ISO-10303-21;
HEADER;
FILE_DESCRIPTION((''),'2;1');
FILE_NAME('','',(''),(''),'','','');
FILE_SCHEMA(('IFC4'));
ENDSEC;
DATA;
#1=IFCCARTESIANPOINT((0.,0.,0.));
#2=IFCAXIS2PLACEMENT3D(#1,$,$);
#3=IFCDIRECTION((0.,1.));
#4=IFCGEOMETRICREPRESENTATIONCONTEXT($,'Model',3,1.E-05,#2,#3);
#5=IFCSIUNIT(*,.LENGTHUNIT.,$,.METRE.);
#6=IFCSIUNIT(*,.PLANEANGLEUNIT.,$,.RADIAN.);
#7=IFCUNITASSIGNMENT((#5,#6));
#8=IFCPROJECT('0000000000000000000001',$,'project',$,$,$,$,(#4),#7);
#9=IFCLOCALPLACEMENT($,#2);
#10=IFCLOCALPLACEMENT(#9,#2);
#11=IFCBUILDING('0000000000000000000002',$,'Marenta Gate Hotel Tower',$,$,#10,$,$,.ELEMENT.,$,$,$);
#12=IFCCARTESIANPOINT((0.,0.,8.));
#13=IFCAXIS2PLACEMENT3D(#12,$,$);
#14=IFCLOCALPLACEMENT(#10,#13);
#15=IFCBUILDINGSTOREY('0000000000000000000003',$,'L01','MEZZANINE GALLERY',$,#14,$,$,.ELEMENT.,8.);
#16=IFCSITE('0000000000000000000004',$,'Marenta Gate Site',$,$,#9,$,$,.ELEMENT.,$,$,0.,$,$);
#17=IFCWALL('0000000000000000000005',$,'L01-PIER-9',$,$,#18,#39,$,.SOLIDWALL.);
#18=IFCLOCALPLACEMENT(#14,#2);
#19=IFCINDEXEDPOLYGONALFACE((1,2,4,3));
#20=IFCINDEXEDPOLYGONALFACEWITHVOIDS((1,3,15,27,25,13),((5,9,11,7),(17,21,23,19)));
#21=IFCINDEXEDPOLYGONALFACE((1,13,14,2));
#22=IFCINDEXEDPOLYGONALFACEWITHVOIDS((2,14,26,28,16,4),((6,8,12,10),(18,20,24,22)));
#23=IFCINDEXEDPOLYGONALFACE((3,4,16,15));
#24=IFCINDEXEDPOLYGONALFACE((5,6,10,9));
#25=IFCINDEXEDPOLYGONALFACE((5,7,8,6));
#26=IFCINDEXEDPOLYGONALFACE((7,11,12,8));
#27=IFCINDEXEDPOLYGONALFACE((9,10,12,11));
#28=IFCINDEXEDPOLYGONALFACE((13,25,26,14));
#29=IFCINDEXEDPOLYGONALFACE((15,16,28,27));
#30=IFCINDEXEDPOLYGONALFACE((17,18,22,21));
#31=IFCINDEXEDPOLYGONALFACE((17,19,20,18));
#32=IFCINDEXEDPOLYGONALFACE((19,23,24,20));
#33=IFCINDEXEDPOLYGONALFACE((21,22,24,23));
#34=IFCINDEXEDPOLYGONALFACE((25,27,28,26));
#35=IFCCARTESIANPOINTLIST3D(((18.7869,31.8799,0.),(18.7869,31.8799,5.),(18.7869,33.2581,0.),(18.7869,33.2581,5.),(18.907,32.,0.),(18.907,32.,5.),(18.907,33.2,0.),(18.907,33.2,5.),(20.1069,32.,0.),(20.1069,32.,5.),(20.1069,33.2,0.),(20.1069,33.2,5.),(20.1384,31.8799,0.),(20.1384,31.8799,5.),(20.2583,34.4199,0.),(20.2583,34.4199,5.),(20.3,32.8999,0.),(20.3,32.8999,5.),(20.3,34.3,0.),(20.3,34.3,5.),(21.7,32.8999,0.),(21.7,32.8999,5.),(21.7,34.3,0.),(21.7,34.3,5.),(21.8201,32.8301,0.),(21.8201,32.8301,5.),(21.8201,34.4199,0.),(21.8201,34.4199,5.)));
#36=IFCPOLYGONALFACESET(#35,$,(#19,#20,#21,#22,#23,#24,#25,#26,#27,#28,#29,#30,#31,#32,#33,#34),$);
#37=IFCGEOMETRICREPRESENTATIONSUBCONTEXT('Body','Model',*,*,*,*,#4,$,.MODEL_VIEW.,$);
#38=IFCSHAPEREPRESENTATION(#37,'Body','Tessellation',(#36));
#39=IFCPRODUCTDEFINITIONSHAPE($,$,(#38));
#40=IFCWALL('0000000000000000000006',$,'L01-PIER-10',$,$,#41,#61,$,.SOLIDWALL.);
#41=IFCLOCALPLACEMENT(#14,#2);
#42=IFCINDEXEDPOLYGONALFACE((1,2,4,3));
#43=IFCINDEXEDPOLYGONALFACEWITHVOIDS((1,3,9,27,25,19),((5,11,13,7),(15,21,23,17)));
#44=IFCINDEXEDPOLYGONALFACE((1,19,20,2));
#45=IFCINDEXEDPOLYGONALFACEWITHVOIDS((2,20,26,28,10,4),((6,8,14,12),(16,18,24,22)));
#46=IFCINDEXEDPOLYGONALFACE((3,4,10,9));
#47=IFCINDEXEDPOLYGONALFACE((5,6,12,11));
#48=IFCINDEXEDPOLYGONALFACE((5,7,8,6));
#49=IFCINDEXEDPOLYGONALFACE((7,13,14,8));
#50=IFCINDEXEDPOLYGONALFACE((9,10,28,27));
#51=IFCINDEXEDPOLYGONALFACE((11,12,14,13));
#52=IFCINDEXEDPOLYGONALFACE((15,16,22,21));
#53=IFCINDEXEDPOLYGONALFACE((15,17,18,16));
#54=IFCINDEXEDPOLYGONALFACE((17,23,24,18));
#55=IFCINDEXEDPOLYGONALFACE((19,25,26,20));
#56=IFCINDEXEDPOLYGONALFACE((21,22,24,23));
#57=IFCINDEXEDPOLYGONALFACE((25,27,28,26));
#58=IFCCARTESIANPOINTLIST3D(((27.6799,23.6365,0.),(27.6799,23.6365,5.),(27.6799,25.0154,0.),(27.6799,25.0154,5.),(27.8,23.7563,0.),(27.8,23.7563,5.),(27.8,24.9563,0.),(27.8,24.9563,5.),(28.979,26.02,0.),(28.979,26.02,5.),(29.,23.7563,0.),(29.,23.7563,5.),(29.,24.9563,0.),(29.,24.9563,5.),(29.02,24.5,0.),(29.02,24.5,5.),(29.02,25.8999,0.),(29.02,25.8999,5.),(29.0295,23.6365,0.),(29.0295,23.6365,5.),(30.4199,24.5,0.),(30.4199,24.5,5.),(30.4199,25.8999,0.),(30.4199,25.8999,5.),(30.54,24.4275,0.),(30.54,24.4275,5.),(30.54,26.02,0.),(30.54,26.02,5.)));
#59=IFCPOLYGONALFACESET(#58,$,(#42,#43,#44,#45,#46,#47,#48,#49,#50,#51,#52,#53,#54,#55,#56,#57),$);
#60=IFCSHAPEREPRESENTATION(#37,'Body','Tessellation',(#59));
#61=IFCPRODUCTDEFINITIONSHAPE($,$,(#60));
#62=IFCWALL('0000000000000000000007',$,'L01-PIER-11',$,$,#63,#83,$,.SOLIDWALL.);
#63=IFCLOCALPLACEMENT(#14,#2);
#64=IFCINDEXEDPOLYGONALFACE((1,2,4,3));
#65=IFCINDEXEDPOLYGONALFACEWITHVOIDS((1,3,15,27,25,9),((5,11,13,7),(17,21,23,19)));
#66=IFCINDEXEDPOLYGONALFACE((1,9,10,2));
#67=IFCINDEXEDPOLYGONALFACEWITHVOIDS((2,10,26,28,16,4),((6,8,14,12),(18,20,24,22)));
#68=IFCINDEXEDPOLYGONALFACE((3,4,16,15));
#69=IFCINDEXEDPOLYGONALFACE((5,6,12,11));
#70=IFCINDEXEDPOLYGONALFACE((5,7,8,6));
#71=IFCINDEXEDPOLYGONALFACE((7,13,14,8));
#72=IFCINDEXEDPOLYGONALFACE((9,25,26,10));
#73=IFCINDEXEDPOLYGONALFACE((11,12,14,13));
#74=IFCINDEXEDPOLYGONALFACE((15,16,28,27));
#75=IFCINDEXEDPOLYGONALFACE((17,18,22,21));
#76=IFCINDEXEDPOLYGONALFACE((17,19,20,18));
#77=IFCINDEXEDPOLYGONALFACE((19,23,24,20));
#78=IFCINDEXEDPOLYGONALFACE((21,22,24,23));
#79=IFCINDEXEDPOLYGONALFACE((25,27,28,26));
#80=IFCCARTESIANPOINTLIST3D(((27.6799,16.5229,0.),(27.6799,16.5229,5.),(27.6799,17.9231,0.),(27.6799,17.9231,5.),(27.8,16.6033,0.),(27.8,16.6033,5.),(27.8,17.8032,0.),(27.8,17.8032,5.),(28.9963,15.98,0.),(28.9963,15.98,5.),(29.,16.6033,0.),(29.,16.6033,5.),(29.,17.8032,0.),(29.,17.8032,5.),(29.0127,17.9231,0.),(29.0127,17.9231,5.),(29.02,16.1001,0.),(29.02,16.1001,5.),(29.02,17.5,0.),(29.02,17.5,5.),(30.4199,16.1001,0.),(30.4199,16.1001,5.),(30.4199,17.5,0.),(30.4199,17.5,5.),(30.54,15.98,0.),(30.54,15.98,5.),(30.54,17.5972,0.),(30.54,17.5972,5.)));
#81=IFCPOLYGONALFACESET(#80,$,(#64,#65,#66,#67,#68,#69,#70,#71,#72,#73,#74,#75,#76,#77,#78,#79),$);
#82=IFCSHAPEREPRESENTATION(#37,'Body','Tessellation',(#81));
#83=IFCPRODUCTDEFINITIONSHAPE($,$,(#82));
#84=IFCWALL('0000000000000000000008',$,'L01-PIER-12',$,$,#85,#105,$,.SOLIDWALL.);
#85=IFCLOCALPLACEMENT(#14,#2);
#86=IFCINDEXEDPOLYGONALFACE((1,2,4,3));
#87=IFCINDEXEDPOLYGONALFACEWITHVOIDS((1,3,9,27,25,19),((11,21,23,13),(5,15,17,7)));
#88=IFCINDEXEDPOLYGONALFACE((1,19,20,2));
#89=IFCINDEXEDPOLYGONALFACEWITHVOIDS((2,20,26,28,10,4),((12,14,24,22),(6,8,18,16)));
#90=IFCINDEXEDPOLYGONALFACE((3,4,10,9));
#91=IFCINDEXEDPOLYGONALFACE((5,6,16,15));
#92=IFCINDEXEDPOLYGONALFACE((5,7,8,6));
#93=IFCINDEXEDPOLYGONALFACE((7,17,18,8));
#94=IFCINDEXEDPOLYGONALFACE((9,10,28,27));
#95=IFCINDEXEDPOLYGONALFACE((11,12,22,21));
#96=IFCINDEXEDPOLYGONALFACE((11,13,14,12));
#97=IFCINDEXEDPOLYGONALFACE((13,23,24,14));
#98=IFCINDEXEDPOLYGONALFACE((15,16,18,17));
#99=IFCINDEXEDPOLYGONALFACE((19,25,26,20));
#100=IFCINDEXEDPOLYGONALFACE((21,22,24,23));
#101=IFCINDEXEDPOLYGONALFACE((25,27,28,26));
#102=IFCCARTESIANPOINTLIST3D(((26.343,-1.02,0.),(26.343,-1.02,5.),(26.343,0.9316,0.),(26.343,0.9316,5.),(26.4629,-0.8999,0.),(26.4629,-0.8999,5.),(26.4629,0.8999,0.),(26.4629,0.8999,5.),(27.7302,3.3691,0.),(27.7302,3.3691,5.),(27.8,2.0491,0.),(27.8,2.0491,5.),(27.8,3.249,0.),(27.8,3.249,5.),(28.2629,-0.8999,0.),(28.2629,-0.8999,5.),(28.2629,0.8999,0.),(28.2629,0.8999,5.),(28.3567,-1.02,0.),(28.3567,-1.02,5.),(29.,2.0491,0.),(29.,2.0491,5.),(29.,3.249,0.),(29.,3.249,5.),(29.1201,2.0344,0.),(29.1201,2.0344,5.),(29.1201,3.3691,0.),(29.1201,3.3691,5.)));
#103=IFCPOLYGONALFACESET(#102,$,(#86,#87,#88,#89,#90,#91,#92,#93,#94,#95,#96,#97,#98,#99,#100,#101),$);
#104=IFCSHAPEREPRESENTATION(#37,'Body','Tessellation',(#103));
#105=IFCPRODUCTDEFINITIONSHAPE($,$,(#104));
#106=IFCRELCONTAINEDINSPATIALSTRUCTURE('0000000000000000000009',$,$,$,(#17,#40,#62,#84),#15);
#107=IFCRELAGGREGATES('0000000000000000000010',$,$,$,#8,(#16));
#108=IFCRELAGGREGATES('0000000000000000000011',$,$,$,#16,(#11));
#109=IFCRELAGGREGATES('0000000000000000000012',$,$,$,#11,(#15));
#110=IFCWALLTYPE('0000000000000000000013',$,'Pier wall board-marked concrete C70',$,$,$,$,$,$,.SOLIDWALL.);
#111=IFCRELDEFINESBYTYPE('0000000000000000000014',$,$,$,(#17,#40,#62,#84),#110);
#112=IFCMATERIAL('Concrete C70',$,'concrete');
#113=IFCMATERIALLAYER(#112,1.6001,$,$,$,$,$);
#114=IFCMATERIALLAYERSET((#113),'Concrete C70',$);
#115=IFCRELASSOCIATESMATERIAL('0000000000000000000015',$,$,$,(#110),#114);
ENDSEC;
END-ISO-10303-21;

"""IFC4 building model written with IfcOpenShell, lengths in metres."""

from ifc_helpers import new_model, si_unit, direction, frame, origin, place, context, subcontext, project, spatial, polyline, outline, extrude, material, layer, layer_set, type_object, element, save


model = new_model("IFC4")

# Units and contexts
model_context = context("Model", 3, precision=1e-05, world=origin(), true_north=direction((0.0, 1.0)))
body_context = subcontext(model_context, "Body", "Model", "MODEL_VIEW")
ifc_project = project(units=[si_unit("LENGTHUNIT", "METRE"), si_unit("PLANEANGLEUNIT", "RADIAN")], contexts=[model_context])

# Site, building, storey
site_placement = place(None, origin())
site = spatial("IfcSite", under=ifc_project, at=site_placement, Name="Marenta Gate Site", CompositionType="ELEMENT", RefElevation=0.0)
building_placement = place(site_placement, origin())
building = spatial("IfcBuilding", under=site, at=building_placement, Name="Marenta Gate Hotel Tower", CompositionType="ELEMENT")
storey_placement = place(building_placement, frame((0.0, 0.0, 8.0)))
storey = spatial("IfcBuildingStorey", under=building, at=storey_placement, Name="L01", Description="MEZZANINE GALLERY", CompositionType="ELEMENT", Elevation=8.0)

# Walls
ifc_material_1 = material(Name="Concrete C70", Category="concrete")
ifc_layer_1 = layer(ifc_material_1, 1.6001)
ifc_layer_set_1 = layer_set([ifc_layer_1], Name="Concrete C70")
wall_type = type_object("IfcWallType", Name="Pier wall board-marked concrete C70", PredefinedType="SOLIDWALL", material=ifc_layer_set_1)
wall_1_placement = place(storey_placement, origin())
element("IfcWall", 1, at=wall_1_placement, inside=storey, type_object=wall_type, Name="L01-PIER-9", PredefinedType="SOLIDWALL", context=body_context, shape_type="SweptSolid", body=[
    extrude(outline(polyline([(20.2583, 34.4199), (21.8201, 34.4199), (21.8201, 32.8301), (20.1384, 31.8799), (18.7869, 31.8799), (18.7869, 33.2581), (20.2583, 34.4199)]), holes=[polyline([(21.7, 32.8999), (21.7, 34.3), (20.3, 34.3), (20.3, 32.8999), (21.7, 32.8999)]), polyline([(20.1069, 32.0), (20.1069, 33.2), (18.907, 33.2), (18.907, 32.0), (20.1069, 32.0)])]), origin(), (0.0, 0.0, 1.0), 5.0),
])
wall_2_placement = place(storey_placement, origin())
element("IfcWall", 2, at=wall_2_placement, inside=storey, type_object=wall_type, Name="L01-PIER-10", PredefinedType="SOLIDWALL", context=body_context, shape_type="SweptSolid", body=[
    extrude(outline(polyline([(27.6799, 25.0154), (28.979, 26.02), (30.54, 26.02), (30.54, 24.4275), (29.0295, 23.6365), (27.6799, 23.6365), (27.6799, 25.0154)]), holes=[polyline([(29.02, 24.5), (30.4199, 24.5), (30.4199, 25.8999), (29.02, 25.8999), (29.02, 24.5)]), polyline([(27.8, 23.7563), (29.0, 23.7563), (29.0, 24.9563), (27.8, 24.9563), (27.8, 23.7563)])]), origin(), (0.0, 0.0, 1.0), 5.0),
])
wall_3_placement = place(storey_placement, origin())
element("IfcWall", 3, at=wall_3_placement, inside=storey, type_object=wall_type, Name="L01-PIER-11", PredefinedType="SOLIDWALL", context=body_context, shape_type="SweptSolid", body=[
    extrude(outline(polyline([(27.6799, 16.5229), (27.6799, 17.9231), (29.0127, 17.9231), (30.54, 17.5972), (30.54, 15.98), (28.9963, 15.98), (27.6799, 16.5229)]), holes=[polyline([(29.02, 16.1001), (30.4199, 16.1001), (30.4199, 17.5), (29.02, 17.5), (29.02, 16.1001)]), polyline([(27.8, 16.6033), (29.0, 16.6033), (29.0, 17.8032), (27.8, 17.8032), (27.8, 16.6033)])]), origin(), (0.0, 0.0, 1.0), 5.0),
])
wall_4_placement = place(storey_placement, origin())
element("IfcWall", 4, at=wall_4_placement, inside=storey, type_object=wall_type, Name="L01-PIER-12", PredefinedType="SOLIDWALL", context=body_context, shape_type="SweptSolid", body=[
    extrude(outline(polyline([(26.343, 0.9316), (27.7302, 3.3691), (29.1201, 3.3691), (29.1201, 2.0344), (28.3567, -1.02), (26.343, -1.02), (26.343, 0.9316)]), holes=[polyline([(27.8, 2.0491), (29.0, 2.0491), (29.0, 3.249), (27.8, 3.249), (27.8, 2.0491)]), polyline([(26.4629, -0.8999), (28.2629, -0.8999), (28.2629, 0.8999), (26.4629, 0.8999), (26.4629, -0.8999)])]), origin(), (0.0, 0.0, 1.0), 5.0),
])

save(model, "model.ifc")
